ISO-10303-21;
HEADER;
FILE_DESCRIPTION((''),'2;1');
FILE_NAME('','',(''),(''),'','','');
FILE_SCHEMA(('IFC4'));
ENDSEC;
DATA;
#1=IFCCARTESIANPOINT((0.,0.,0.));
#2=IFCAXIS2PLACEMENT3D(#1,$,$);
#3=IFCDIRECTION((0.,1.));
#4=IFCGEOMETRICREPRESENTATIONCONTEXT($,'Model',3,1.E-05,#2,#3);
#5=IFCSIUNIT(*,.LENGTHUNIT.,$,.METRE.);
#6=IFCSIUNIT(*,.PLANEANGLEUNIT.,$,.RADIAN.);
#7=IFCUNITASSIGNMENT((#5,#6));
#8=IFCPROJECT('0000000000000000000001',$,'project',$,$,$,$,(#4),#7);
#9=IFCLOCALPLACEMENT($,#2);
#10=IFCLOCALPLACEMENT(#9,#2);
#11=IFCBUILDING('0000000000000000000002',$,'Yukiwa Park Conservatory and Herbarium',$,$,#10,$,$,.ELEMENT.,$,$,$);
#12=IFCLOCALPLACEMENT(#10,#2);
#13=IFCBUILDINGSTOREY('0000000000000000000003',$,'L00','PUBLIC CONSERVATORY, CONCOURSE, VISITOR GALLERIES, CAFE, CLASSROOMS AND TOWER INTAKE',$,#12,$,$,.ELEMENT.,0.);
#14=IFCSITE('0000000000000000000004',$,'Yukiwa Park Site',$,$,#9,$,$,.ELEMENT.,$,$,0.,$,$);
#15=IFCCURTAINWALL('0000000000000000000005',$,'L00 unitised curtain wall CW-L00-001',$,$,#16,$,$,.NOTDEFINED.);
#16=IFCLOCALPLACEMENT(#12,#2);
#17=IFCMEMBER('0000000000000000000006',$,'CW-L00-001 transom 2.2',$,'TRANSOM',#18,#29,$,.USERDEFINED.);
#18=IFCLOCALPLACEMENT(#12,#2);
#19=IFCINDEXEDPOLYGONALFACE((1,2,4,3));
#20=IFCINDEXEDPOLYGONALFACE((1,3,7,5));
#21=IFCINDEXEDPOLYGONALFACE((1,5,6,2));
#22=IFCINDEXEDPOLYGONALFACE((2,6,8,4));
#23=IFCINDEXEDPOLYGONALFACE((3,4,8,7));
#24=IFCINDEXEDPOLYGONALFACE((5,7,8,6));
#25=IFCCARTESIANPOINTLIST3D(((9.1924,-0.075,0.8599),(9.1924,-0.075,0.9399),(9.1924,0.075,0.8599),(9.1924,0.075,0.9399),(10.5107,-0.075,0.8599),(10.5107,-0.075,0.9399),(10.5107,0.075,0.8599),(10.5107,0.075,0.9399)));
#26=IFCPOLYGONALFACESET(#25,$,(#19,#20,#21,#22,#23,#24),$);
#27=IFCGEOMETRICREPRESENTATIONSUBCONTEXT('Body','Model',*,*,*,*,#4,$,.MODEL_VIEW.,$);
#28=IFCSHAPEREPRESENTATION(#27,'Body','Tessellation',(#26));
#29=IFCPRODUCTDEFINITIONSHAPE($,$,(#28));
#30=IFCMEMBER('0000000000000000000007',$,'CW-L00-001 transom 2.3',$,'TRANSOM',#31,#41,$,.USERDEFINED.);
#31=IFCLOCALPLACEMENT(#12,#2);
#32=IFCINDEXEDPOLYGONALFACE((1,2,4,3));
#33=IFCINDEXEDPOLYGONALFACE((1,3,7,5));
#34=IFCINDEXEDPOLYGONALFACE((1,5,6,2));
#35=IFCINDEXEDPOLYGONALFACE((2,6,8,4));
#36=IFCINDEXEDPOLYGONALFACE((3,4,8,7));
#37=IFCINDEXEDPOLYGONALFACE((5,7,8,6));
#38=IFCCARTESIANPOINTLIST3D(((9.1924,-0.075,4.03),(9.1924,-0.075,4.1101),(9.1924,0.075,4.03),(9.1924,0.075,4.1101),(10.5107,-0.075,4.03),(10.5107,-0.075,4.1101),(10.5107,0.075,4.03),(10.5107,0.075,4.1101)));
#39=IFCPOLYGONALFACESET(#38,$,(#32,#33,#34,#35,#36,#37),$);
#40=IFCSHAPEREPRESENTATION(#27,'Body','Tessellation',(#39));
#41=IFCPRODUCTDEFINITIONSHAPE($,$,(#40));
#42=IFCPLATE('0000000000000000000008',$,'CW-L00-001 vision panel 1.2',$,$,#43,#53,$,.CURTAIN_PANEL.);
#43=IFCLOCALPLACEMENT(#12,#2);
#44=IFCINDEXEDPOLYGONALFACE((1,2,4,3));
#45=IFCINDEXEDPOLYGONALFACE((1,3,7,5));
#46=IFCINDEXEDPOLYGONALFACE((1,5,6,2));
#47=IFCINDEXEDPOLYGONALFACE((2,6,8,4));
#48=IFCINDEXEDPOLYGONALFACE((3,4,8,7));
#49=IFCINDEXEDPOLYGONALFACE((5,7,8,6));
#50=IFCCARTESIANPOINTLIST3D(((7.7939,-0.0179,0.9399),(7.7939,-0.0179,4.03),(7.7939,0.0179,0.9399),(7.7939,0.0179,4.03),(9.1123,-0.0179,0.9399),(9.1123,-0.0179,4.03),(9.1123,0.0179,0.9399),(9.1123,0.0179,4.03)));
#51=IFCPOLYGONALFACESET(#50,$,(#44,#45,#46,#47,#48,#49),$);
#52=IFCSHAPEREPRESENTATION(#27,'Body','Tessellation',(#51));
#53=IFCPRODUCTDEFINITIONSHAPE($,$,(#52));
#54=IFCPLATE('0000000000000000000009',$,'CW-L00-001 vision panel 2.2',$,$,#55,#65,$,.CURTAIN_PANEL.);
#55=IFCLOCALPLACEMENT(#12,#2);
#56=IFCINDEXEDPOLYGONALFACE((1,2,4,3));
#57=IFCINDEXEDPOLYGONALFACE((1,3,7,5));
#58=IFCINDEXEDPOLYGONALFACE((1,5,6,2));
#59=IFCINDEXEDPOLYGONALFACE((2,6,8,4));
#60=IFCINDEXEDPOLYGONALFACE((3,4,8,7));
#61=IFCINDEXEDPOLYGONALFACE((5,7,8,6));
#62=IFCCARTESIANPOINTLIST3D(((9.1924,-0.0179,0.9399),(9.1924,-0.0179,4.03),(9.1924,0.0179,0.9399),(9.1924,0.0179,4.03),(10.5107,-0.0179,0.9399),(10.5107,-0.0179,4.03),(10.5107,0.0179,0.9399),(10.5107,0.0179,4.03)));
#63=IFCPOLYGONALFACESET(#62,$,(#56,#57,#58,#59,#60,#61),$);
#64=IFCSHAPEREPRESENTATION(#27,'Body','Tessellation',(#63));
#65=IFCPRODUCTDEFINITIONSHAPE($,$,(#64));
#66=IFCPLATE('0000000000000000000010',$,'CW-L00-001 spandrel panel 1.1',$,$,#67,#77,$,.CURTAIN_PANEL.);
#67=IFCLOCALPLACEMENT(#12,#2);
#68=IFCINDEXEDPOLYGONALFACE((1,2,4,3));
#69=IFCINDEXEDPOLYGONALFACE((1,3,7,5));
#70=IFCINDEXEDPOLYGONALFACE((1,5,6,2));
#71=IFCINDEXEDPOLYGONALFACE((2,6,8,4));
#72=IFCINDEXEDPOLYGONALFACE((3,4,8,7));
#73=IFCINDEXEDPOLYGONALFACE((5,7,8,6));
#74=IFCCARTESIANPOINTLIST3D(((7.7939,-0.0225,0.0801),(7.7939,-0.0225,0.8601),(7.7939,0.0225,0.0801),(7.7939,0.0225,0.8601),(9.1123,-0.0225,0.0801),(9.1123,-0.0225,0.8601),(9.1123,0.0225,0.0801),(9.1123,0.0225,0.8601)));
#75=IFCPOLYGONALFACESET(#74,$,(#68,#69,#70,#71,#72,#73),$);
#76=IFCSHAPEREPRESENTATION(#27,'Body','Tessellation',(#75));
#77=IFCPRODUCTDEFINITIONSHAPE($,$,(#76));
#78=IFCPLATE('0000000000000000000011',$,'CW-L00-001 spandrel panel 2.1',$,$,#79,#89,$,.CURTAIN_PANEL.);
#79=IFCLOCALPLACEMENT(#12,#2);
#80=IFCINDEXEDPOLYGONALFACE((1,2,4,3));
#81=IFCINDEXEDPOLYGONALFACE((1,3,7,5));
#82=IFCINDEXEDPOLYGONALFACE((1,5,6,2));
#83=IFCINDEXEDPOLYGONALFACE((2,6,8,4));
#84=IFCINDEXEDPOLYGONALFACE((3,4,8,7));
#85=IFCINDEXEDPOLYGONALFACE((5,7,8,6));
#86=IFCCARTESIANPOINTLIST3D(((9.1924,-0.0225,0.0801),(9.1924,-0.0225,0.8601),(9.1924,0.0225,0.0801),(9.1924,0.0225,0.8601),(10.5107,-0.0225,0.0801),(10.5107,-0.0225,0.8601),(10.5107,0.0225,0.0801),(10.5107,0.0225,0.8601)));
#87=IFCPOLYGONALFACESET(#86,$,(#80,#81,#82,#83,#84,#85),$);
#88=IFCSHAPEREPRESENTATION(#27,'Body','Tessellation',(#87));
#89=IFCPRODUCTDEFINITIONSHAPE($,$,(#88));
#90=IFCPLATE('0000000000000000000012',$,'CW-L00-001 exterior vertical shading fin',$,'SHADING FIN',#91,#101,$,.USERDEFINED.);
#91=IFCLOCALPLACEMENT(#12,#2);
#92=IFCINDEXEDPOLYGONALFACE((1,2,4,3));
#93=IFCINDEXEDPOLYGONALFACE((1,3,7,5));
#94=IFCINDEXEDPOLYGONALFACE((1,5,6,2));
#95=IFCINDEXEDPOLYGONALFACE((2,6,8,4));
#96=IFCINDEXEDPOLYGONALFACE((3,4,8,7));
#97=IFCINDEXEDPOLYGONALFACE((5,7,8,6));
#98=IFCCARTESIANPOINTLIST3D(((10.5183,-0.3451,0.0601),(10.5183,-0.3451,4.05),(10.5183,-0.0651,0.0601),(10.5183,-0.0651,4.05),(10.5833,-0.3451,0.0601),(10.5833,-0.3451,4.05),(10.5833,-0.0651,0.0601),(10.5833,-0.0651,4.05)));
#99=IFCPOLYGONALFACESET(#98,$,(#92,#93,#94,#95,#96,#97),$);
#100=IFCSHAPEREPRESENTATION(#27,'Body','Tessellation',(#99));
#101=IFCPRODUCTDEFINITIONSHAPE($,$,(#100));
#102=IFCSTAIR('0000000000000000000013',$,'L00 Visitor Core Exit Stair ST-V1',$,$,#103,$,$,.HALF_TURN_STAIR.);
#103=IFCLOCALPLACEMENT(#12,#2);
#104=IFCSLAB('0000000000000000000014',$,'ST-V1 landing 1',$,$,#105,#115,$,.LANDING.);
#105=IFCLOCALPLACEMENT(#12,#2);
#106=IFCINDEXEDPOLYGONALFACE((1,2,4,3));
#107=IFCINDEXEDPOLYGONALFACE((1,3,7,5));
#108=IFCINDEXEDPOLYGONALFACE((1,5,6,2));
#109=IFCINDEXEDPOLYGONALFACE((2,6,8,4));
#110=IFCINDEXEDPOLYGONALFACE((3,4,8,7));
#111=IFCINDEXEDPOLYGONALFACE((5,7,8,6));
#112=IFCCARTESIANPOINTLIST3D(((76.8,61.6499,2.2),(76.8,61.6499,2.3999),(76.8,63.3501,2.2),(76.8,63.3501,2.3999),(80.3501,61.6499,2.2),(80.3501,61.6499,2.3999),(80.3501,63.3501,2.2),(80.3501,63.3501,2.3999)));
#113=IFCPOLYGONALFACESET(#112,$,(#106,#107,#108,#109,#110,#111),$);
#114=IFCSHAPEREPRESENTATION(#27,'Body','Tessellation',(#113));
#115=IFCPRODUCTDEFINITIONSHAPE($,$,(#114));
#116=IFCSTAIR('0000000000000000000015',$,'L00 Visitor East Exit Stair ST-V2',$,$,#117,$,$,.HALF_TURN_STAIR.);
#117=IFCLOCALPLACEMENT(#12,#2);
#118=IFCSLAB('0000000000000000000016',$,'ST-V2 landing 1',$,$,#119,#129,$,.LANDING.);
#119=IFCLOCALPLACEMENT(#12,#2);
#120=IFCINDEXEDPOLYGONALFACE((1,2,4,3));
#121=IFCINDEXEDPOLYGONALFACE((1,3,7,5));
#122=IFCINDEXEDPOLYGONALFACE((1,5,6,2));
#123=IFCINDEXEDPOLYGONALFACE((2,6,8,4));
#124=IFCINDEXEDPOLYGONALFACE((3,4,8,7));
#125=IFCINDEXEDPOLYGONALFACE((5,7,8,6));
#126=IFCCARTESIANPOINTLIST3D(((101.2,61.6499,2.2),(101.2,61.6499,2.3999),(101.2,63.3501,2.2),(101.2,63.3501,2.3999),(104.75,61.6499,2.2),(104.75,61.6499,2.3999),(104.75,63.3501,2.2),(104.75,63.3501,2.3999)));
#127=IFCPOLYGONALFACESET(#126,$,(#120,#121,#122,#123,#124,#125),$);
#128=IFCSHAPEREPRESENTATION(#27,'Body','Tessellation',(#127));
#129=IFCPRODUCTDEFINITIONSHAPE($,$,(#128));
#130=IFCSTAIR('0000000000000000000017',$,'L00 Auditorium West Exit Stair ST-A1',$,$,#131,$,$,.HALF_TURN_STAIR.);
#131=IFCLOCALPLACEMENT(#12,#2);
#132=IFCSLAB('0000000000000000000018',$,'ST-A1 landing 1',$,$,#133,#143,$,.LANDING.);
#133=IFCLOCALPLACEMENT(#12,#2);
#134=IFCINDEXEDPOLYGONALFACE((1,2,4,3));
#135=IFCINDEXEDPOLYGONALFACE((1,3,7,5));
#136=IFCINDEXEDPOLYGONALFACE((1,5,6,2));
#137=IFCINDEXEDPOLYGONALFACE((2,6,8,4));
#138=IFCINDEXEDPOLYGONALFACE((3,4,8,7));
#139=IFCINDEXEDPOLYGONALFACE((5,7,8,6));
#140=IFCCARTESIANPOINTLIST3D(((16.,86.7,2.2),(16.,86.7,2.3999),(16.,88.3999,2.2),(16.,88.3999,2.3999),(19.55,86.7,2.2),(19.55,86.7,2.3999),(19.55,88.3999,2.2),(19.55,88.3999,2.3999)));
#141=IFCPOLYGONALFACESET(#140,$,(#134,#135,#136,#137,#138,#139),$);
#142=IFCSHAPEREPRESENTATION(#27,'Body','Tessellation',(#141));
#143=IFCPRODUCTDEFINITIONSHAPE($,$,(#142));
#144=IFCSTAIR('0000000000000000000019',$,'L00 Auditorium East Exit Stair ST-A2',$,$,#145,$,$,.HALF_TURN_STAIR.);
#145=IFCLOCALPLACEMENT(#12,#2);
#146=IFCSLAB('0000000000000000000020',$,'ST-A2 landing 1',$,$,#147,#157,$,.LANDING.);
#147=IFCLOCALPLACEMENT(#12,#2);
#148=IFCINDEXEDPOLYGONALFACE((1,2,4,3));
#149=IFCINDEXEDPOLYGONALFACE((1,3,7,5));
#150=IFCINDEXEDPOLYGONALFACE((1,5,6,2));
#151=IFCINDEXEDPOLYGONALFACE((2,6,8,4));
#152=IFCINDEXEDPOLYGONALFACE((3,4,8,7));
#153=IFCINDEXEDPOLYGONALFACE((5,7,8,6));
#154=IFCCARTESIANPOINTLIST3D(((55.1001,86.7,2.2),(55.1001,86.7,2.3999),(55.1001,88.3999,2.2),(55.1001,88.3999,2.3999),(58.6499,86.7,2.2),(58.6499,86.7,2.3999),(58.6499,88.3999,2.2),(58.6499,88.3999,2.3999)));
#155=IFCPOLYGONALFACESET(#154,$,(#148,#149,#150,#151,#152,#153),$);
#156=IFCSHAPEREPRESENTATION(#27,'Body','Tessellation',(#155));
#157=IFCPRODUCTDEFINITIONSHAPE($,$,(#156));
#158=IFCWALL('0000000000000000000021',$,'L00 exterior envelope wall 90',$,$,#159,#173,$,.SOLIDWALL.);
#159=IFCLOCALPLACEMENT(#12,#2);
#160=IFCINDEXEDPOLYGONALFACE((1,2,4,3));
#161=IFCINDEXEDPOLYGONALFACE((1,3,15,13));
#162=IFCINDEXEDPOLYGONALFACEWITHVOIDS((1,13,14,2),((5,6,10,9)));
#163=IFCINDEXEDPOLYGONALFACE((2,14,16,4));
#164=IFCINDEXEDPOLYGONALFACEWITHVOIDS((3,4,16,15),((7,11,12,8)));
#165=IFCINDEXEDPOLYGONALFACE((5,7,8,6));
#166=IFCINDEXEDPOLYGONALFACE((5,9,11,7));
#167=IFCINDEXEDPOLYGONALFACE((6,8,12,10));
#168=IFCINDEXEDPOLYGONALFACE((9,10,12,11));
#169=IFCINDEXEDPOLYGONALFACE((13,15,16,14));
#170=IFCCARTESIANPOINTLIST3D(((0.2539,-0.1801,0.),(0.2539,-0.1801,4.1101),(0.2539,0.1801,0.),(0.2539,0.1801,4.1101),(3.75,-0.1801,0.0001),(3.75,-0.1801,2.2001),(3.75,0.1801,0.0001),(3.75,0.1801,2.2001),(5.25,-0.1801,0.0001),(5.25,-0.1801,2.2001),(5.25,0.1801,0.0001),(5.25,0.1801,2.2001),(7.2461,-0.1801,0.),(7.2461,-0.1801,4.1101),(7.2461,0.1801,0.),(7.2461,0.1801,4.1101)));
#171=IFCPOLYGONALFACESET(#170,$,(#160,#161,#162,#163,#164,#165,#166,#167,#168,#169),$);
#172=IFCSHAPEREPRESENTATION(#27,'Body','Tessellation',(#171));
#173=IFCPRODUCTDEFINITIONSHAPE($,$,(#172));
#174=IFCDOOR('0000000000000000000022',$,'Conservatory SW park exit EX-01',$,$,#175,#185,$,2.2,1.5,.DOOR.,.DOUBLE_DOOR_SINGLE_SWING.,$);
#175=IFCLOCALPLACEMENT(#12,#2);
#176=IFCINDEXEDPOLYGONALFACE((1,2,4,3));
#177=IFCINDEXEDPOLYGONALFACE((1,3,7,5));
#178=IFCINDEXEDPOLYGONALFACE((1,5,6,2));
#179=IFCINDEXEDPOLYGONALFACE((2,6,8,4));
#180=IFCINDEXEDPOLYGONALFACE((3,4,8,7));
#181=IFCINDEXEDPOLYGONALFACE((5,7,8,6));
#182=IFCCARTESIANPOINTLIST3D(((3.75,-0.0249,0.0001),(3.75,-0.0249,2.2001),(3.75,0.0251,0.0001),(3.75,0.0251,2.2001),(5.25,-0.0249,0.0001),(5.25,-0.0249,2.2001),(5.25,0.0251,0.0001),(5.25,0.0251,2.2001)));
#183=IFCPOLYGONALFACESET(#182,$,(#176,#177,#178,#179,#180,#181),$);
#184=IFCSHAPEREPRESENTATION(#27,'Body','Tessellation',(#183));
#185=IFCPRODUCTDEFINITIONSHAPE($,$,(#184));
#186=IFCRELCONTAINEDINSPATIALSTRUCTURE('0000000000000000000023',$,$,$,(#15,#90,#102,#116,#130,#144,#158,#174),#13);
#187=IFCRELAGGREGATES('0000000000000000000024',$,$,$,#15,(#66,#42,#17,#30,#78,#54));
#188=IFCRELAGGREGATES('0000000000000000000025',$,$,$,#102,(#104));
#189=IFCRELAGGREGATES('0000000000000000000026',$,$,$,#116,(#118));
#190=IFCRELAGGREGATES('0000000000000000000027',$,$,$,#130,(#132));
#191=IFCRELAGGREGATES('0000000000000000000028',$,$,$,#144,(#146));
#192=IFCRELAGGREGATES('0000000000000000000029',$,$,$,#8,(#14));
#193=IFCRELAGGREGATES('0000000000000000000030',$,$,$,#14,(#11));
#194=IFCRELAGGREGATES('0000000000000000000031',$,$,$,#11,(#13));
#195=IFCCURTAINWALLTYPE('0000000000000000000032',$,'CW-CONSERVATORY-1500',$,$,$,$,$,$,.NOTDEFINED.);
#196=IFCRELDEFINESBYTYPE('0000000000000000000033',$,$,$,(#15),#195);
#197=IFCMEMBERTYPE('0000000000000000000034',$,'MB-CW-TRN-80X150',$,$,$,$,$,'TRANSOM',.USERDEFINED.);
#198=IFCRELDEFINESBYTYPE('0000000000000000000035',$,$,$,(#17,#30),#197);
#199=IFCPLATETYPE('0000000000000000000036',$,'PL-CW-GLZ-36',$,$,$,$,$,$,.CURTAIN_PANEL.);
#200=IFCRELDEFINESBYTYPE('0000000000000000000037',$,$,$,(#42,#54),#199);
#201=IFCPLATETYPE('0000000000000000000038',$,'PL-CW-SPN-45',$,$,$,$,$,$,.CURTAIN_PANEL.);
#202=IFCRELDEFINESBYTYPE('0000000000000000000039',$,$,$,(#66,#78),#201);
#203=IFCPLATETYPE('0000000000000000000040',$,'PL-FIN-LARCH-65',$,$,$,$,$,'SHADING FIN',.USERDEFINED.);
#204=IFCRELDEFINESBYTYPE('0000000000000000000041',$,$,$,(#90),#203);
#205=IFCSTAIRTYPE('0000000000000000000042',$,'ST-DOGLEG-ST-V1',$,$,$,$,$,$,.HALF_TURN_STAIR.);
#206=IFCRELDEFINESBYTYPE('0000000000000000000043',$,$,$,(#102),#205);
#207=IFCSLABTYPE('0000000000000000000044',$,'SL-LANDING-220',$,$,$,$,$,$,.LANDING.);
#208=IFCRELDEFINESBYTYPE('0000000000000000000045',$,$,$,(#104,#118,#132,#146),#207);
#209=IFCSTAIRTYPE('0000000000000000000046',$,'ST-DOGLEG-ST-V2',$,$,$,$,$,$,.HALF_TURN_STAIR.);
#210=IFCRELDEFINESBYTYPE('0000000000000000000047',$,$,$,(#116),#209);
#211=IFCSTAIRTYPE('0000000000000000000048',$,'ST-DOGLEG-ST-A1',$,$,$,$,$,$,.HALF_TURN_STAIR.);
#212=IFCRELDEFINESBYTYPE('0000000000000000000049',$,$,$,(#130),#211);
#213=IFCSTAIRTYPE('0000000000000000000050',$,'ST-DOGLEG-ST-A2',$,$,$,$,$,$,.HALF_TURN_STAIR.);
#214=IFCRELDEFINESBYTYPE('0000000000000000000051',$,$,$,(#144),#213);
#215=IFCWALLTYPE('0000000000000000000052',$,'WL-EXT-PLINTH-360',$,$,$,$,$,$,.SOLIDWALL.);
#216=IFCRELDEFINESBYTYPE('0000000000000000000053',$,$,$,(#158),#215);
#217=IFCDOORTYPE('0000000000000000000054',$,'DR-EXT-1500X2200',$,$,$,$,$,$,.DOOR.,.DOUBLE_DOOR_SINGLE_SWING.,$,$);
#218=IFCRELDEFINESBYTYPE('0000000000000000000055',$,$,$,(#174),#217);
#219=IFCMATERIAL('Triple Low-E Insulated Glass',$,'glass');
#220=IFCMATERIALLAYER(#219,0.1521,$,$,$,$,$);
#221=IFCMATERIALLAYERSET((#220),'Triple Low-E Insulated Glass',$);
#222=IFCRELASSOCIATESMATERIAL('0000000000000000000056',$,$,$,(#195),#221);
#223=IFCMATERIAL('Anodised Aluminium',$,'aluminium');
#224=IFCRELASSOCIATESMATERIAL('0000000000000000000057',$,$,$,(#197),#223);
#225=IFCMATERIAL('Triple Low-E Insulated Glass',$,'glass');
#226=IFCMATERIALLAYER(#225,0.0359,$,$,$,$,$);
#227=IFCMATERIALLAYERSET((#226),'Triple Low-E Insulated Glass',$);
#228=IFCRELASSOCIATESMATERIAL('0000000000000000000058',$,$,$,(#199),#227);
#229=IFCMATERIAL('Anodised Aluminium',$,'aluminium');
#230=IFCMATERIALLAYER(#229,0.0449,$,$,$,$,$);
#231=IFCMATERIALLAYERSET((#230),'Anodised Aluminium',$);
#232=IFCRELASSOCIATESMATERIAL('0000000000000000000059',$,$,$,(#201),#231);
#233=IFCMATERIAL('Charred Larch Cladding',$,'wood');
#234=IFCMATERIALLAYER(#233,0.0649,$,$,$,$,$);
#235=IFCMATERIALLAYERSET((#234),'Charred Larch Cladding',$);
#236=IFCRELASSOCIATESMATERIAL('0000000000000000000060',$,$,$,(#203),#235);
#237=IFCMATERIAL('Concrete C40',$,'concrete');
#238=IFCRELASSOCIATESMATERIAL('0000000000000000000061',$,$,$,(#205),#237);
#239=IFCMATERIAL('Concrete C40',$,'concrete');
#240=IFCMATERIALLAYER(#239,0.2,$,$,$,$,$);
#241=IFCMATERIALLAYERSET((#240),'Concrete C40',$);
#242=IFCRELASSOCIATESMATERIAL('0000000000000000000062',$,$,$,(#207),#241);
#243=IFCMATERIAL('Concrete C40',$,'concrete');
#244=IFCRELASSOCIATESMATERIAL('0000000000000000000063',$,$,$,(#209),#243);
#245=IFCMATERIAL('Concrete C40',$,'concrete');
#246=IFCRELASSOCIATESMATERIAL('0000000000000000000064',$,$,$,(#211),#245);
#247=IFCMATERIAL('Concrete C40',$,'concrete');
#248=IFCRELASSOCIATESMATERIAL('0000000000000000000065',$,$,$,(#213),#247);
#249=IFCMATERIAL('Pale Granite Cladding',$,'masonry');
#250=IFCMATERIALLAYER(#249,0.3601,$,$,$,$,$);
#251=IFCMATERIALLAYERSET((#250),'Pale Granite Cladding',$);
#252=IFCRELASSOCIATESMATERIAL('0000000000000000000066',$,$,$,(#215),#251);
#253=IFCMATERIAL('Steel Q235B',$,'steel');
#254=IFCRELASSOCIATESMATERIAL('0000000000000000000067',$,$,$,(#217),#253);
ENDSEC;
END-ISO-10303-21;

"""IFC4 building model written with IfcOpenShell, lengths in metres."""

from ifc_helpers import new_model, si_unit, direction, frame, frame_2d, origin, origin_2d, place, context, subcontext, project, spatial, polyline, rectangle, outline, extrude, material, layer, layer_set, type_object, element, fill, aggregate, save


model = new_model("IFC4")

# Units and contexts
model_context = context("Model", 3, precision=1e-05, world=origin(), true_north=direction((0.0, 1.0)))
body_context = subcontext(model_context, "Body", "Model", "MODEL_VIEW")
ifc_project = project(units=[si_unit("LENGTHUNIT", "METRE"), si_unit("PLANEANGLEUNIT", "RADIAN")], contexts=[model_context])

# Site, building, storey
site_placement = place(None, origin())
site = spatial("IfcSite", under=ifc_project, at=site_placement, Name="Yukiwa Park Site", CompositionType="ELEMENT", RefElevation=0.0)
building_placement = place(site_placement, origin())
building = spatial("IfcBuilding", under=site, at=building_placement, Name="Yukiwa Park Conservatory and Herbarium", CompositionType="ELEMENT")
storey_placement = place(building_placement, origin())
storey = spatial("IfcBuildingStorey", under=building, at=storey_placement, Name="L00", Description="PUBLIC CONSERVATORY, CONCOURSE, VISITOR GALLERIES, CAFE, CLASSROOMS AND TOWER INTAKE", CompositionType="ELEMENT", Elevation=0.0)

# Curtain wall, members, plates
ifc_material_1 = material(Name="Triple Low-E Insulated Glass", Category="glass")
ifc_layer_1 = layer(ifc_material_1, 0.1521)
ifc_layer_set_1 = layer_set([ifc_layer_1], Name="Triple Low-E Insulated Glass")
curtain_wall_type = type_object("IfcCurtainWallType", Name="CW-CONSERVATORY-1500", PredefinedType="NOTDEFINED", material=ifc_layer_set_1)
curtain_wall_placement = place(storey_placement, origin())
curtain_wall = element("IfcCurtainWall", 1, at=curtain_wall_placement, inside=storey, type_object=curtain_wall_type, Name="L00 unitised curtain wall CW-L00-001", PredefinedType="NOTDEFINED")
ifc_material_2 = material(Name="Anodised Aluminium", Category="aluminium")
member_type_1 = type_object("IfcMemberType", Name="MB-CW-TRN-80X150", ElementType="TRANSOM", PredefinedType="USERDEFINED", material=ifc_material_2)
member_1_placement = place(storey_placement, frame((9.8516, 0.0, 0.8599), z_axis=(0.0, 0.0, 1.0), x_axis=(1.0, 0.0, 0.0)))
member_1 = element("IfcMember", 2, at=member_1_placement, type_object=member_type_1, Name="CW-L00-001 transom 2.2", ObjectType="TRANSOM", PredefinedType="USERDEFINED", context=body_context, shape_type="SweptSolid", body=[
    extrude(rectangle(XDim=1.3184, YDim=0.1499, at=origin_2d()), origin(), (0.0, 0.0, 1.0), 0.0801),
])
member_2_placement = place(storey_placement, frame((9.8516, 0.0, 4.03), z_axis=(0.0, 0.0, 1.0), x_axis=(1.0, 0.0, 0.0)))
member_2 = element("IfcMember", 3, at=member_2_placement, type_object=member_type_1, Name="CW-L00-001 transom 2.3", ObjectType="TRANSOM", PredefinedType="USERDEFINED", context=body_context, shape_type="SweptSolid", body=[
    extrude(rectangle(XDim=1.3184, YDim=0.1499, at=origin_2d()), origin(), (0.0, 0.0, 1.0), 0.0801),
])
ifc_material_3 = material(Name="Triple Low-E Insulated Glass", Category="glass")
ifc_layer_2 = layer(ifc_material_3, 0.0359)
ifc_layer_set_2 = layer_set([ifc_layer_2], Name="Triple Low-E Insulated Glass")
plate_type_1 = type_object("IfcPlateType", Name="PL-CW-GLZ-36", PredefinedType="CURTAIN_PANEL", material=ifc_layer_set_2)
plate_1_placement = place(storey_placement, frame((8.4531, 0.0, 0.9399), z_axis=(0.0, 0.0, 1.0), x_axis=(1.0, 0.0, 0.0)))
plate_1 = element("IfcPlate", 4, at=plate_1_placement, type_object=plate_type_1, Name="CW-L00-001 vision panel 1.2", PredefinedType="CURTAIN_PANEL", context=body_context, shape_type="SweptSolid", body=[
    extrude(rectangle(XDim=1.3184, YDim=0.0359, at=origin_2d()), origin(), (0.0, 0.0, 1.0), 3.0901),
])
plate_2_placement = place(storey_placement, frame((9.8516, 0.0, 0.9399), z_axis=(0.0, 0.0, 1.0), x_axis=(1.0, 0.0, 0.0)))
plate_2 = element("IfcPlate", 5, at=plate_2_placement, type_object=plate_type_1, Name="CW-L00-001 vision panel 2.2", PredefinedType="CURTAIN_PANEL", context=body_context, shape_type="SweptSolid", body=[
    extrude(rectangle(XDim=1.3184, YDim=0.0359, at=origin_2d()), origin(), (0.0, 0.0, 1.0), 3.0901),
])
ifc_material_4 = material(Name="Anodised Aluminium", Category="aluminium")
ifc_layer_3 = layer(ifc_material_4, 0.0449)
ifc_layer_set_3 = layer_set([ifc_layer_3], Name="Anodised Aluminium")
plate_type_2 = type_object("IfcPlateType", Name="PL-CW-SPN-45", PredefinedType="CURTAIN_PANEL", material=ifc_layer_set_3)
plate_3_placement = place(storey_placement, frame((8.4531, 0.0, 0.0801), z_axis=(0.0, 0.0, 1.0), x_axis=(1.0, 0.0, 0.0)))
plate_3 = element("IfcPlate", 6, at=plate_3_placement, type_object=plate_type_2, Name="CW-L00-001 spandrel panel 1.1", PredefinedType="CURTAIN_PANEL", context=body_context, shape_type="SweptSolid", body=[
    extrude(rectangle(XDim=1.3184, YDim=0.0449, at=origin_2d()), origin(), (0.0, 0.0, 1.0), 0.78),
])
plate_4_placement = place(storey_placement, frame((9.8516, 0.0, 0.0801), z_axis=(0.0, 0.0, 1.0), x_axis=(1.0, 0.0, 0.0)))
plate_4 = element("IfcPlate", 7, at=plate_4_placement, type_object=plate_type_2, Name="CW-L00-001 spandrel panel 2.1", PredefinedType="CURTAIN_PANEL", context=body_context, shape_type="SweptSolid", body=[
    extrude(rectangle(XDim=1.3184, YDim=0.0449, at=origin_2d()), origin(), (0.0, 0.0, 1.0), 0.78),
])
aggregate(curtain_wall, [plate_3, plate_1, member_1, member_2, plate_4, plate_2])

# Plate
ifc_material_5 = material(Name="Charred Larch Cladding", Category="wood")
ifc_layer_4 = layer(ifc_material_5, 0.0649)
ifc_layer_set_4 = layer_set([ifc_layer_4], Name="Charred Larch Cladding")
plate_type_3 = type_object("IfcPlateType", Name="PL-FIN-LARCH-65", ElementType="SHADING FIN", PredefinedType="USERDEFINED", material=ifc_layer_set_4)
plate_5_placement = place(storey_placement, frame((10.5508, -0.2051, 0.0601), z_axis=(0.0, 0.0, 1.0), x_axis=(1.0, 0.0, 0.0)))
element("IfcPlate", 8, at=plate_5_placement, inside=storey, type_object=plate_type_3, Name="CW-L00-001 exterior vertical shading fin", ObjectType="SHADING FIN", PredefinedType="USERDEFINED", context=body_context, shape_type="SweptSolid", body=[
    extrude(rectangle(XDim=0.0649, YDim=0.28, at=origin_2d()), origin(), (0.0, 0.0, 1.0), 3.99),
])

# Stairs, slabs
ifc_material_6 = material(Name="Concrete C40", Category="concrete")
stair_type_1 = type_object("IfcStairType", Name="ST-DOGLEG-ST-V1", PredefinedType="HALF_TURN_STAIR", material=ifc_material_6)
stair_1_placement = place(storey_placement, origin())
stair_1 = element("IfcStair", 9, at=stair_1_placement, inside=storey, type_object=stair_type_1, Name="L00 Visitor Core Exit Stair ST-V1", PredefinedType="HALF_TURN_STAIR")
ifc_material_7 = material(Name="Concrete C40", Category="concrete")
ifc_layer_5 = layer(ifc_material_7, 0.2)
ifc_layer_set_5 = layer_set([ifc_layer_5], Name="Concrete C40")
slab_type = type_object("IfcSlabType", Name="SL-LANDING-220", PredefinedType="LANDING", material=ifc_layer_set_5)
slab_1_placement = place(storey_placement, frame((0.0, 0.0, 2.2)))
slab_1 = element("IfcSlab", 10, at=slab_1_placement, type_object=slab_type, Name="ST-V1 landing 1", PredefinedType="LANDING", context=body_context, shape_type="SweptSolid", body=[
    extrude(outline(polyline([(80.3501, 61.6499), (80.3501, 63.3501), (76.8, 63.3501), (76.8, 61.6499), (80.3501, 61.6499)])), origin(), (0.0, 0.0, 1.0), 0.2),
])
aggregate(stair_1, [slab_1])
ifc_material_8 = material(Name="Concrete C40", Category="concrete")
stair_type_2 = type_object("IfcStairType", Name="ST-DOGLEG-ST-V2", PredefinedType="HALF_TURN_STAIR", material=ifc_material_8)
stair_2_placement = place(storey_placement, origin())
stair_2 = element("IfcStair", 11, at=stair_2_placement, inside=storey, type_object=stair_type_2, Name="L00 Visitor East Exit Stair ST-V2", PredefinedType="HALF_TURN_STAIR")
slab_2_placement = place(storey_placement, frame((0.0, 0.0, 2.2)))
slab_2 = element("IfcSlab", 12, at=slab_2_placement, type_object=slab_type, Name="ST-V2 landing 1", PredefinedType="LANDING", context=body_context, shape_type="SweptSolid", body=[
    extrude(outline(polyline([(104.75, 61.6499), (104.75, 63.3501), (101.2, 63.3501), (101.2, 61.6499), (104.75, 61.6499)])), origin(), (0.0, 0.0, 1.0), 0.2),
])
aggregate(stair_2, [slab_2])
ifc_material_9 = material(Name="Concrete C40", Category="concrete")
stair_type_3 = type_object("IfcStairType", Name="ST-DOGLEG-ST-A1", PredefinedType="HALF_TURN_STAIR", material=ifc_material_9)
stair_3_placement = place(storey_placement, origin())
stair_3 = element("IfcStair", 13, at=stair_3_placement, inside=storey, type_object=stair_type_3, Name="L00 Auditorium West Exit Stair ST-A1", PredefinedType="HALF_TURN_STAIR")
slab_3_placement = place(storey_placement, frame((0.0, 0.0, 2.2)))
slab_3 = element("IfcSlab", 14, at=slab_3_placement, type_object=slab_type, Name="ST-A1 landing 1", PredefinedType="LANDING", context=body_context, shape_type="SweptSolid", body=[
    extrude(outline(polyline([(19.55, 86.7), (19.55, 88.3999), (16.0, 88.3999), (16.0, 86.7), (19.55, 86.7)])), origin(), (0.0, 0.0, 1.0), 0.2),
])
aggregate(stair_3, [slab_3])
ifc_material_10 = material(Name="Concrete C40", Category="concrete")
stair_type_4 = type_object("IfcStairType", Name="ST-DOGLEG-ST-A2", PredefinedType="HALF_TURN_STAIR", material=ifc_material_10)
stair_4_placement = place(storey_placement, origin())
stair_4 = element("IfcStair", 15, at=stair_4_placement, inside=storey, type_object=stair_type_4, Name="L00 Auditorium East Exit Stair ST-A2", PredefinedType="HALF_TURN_STAIR")
slab_4_placement = place(storey_placement, frame((0.0, 0.0, 2.2)))
slab_4 = element("IfcSlab", 16, at=slab_4_placement, type_object=slab_type, Name="ST-A2 landing 1", PredefinedType="LANDING", context=body_context, shape_type="SweptSolid", body=[
    extrude(outline(polyline([(58.6499, 86.7), (58.6499, 88.3999), (55.1001, 88.3999), (55.1001, 86.7), (58.6499, 86.7)])), origin(), (0.0, 0.0, 1.0), 0.2),
])
aggregate(stair_4, [slab_4])

# Wall, opening, door
ifc_material_11 = material(Name="Pale Granite Cladding", Category="masonry")
ifc_layer_6 = layer(ifc_material_11, 0.3601)
ifc_layer_set_6 = layer_set([ifc_layer_6], Name="Pale Granite Cladding")
wall_type = type_object("IfcWallType", Name="WL-EXT-PLINTH-360", PredefinedType="SOLIDWALL", material=ifc_layer_set_6)
wall_placement = place(storey_placement, frame((0.2539, 0.0, 0.0), z_axis=(0.0, 0.0, 1.0), x_axis=(1.0, 0.0, 0.0)))
wall = element("IfcWall", 17, at=wall_placement, inside=storey, type_object=wall_type, Name="L00 exterior envelope wall 90", PredefinedType="SOLIDWALL", context=body_context, shape_type="SweptSolid", body=[
    extrude(rectangle(XDim=6.9922, YDim=0.3601, at=frame_2d((3.4961, 0.0))), origin(), (0.0, 0.0, 1.0), 4.1101),
])
opening_placement = place(wall_placement, frame((3.4961, 0.0, 0.0)))
opening = element("IfcOpeningElement", 18, at=opening_placement, cuts=wall, PredefinedType="OPENING", context=body_context, shape_type="SweptSolid", body=[
    extrude(rectangle(XDim=1.5, YDim=2.2, at=frame_2d((0.75, 1.1001))), frame((0.0, 0.1899, 0.0), z_axis=(0.0, -1.0, 0.0), x_axis=(1.0, 0.0, 0.0)), (0.0, 0.0, 1.0), 0.3801),
])
ifc_material_12 = material(Name="Steel Q235B", Category="steel")
door_type = type_object("IfcDoorType", Name="DR-EXT-1500X2200", OperationType="DOUBLE_DOOR_SINGLE_SWING", PredefinedType="DOOR", material=ifc_material_12)
door_placement = place(opening_placement, frame((1.5, 0.0, 0.0), z_axis=(0.0, 0.0, 1.0), x_axis=(-1.0, 0.0, 0.0)))
door = element("IfcDoor", 19, at=door_placement, inside=storey, type_object=door_type, Name="Conservatory SW park exit EX-01", OperationType="DOUBLE_DOOR_SINGLE_SWING", OverallHeight=2.2, OverallWidth=1.5, PredefinedType="DOOR", context=body_context, shape_type="SweptSolid", body=[
    extrude(rectangle(XDim=1.5, YDim=2.2, at=frame_2d((0.75, 1.1001))), frame((0.0, 0.0249, 0.0), z_axis=(0.0, -1.0, 0.0), x_axis=(1.0, 0.0, 0.0)), (0.0, 0.0, 1.0), 0.05),
])
fill(opening, door)

save(model, "model.ifc")
